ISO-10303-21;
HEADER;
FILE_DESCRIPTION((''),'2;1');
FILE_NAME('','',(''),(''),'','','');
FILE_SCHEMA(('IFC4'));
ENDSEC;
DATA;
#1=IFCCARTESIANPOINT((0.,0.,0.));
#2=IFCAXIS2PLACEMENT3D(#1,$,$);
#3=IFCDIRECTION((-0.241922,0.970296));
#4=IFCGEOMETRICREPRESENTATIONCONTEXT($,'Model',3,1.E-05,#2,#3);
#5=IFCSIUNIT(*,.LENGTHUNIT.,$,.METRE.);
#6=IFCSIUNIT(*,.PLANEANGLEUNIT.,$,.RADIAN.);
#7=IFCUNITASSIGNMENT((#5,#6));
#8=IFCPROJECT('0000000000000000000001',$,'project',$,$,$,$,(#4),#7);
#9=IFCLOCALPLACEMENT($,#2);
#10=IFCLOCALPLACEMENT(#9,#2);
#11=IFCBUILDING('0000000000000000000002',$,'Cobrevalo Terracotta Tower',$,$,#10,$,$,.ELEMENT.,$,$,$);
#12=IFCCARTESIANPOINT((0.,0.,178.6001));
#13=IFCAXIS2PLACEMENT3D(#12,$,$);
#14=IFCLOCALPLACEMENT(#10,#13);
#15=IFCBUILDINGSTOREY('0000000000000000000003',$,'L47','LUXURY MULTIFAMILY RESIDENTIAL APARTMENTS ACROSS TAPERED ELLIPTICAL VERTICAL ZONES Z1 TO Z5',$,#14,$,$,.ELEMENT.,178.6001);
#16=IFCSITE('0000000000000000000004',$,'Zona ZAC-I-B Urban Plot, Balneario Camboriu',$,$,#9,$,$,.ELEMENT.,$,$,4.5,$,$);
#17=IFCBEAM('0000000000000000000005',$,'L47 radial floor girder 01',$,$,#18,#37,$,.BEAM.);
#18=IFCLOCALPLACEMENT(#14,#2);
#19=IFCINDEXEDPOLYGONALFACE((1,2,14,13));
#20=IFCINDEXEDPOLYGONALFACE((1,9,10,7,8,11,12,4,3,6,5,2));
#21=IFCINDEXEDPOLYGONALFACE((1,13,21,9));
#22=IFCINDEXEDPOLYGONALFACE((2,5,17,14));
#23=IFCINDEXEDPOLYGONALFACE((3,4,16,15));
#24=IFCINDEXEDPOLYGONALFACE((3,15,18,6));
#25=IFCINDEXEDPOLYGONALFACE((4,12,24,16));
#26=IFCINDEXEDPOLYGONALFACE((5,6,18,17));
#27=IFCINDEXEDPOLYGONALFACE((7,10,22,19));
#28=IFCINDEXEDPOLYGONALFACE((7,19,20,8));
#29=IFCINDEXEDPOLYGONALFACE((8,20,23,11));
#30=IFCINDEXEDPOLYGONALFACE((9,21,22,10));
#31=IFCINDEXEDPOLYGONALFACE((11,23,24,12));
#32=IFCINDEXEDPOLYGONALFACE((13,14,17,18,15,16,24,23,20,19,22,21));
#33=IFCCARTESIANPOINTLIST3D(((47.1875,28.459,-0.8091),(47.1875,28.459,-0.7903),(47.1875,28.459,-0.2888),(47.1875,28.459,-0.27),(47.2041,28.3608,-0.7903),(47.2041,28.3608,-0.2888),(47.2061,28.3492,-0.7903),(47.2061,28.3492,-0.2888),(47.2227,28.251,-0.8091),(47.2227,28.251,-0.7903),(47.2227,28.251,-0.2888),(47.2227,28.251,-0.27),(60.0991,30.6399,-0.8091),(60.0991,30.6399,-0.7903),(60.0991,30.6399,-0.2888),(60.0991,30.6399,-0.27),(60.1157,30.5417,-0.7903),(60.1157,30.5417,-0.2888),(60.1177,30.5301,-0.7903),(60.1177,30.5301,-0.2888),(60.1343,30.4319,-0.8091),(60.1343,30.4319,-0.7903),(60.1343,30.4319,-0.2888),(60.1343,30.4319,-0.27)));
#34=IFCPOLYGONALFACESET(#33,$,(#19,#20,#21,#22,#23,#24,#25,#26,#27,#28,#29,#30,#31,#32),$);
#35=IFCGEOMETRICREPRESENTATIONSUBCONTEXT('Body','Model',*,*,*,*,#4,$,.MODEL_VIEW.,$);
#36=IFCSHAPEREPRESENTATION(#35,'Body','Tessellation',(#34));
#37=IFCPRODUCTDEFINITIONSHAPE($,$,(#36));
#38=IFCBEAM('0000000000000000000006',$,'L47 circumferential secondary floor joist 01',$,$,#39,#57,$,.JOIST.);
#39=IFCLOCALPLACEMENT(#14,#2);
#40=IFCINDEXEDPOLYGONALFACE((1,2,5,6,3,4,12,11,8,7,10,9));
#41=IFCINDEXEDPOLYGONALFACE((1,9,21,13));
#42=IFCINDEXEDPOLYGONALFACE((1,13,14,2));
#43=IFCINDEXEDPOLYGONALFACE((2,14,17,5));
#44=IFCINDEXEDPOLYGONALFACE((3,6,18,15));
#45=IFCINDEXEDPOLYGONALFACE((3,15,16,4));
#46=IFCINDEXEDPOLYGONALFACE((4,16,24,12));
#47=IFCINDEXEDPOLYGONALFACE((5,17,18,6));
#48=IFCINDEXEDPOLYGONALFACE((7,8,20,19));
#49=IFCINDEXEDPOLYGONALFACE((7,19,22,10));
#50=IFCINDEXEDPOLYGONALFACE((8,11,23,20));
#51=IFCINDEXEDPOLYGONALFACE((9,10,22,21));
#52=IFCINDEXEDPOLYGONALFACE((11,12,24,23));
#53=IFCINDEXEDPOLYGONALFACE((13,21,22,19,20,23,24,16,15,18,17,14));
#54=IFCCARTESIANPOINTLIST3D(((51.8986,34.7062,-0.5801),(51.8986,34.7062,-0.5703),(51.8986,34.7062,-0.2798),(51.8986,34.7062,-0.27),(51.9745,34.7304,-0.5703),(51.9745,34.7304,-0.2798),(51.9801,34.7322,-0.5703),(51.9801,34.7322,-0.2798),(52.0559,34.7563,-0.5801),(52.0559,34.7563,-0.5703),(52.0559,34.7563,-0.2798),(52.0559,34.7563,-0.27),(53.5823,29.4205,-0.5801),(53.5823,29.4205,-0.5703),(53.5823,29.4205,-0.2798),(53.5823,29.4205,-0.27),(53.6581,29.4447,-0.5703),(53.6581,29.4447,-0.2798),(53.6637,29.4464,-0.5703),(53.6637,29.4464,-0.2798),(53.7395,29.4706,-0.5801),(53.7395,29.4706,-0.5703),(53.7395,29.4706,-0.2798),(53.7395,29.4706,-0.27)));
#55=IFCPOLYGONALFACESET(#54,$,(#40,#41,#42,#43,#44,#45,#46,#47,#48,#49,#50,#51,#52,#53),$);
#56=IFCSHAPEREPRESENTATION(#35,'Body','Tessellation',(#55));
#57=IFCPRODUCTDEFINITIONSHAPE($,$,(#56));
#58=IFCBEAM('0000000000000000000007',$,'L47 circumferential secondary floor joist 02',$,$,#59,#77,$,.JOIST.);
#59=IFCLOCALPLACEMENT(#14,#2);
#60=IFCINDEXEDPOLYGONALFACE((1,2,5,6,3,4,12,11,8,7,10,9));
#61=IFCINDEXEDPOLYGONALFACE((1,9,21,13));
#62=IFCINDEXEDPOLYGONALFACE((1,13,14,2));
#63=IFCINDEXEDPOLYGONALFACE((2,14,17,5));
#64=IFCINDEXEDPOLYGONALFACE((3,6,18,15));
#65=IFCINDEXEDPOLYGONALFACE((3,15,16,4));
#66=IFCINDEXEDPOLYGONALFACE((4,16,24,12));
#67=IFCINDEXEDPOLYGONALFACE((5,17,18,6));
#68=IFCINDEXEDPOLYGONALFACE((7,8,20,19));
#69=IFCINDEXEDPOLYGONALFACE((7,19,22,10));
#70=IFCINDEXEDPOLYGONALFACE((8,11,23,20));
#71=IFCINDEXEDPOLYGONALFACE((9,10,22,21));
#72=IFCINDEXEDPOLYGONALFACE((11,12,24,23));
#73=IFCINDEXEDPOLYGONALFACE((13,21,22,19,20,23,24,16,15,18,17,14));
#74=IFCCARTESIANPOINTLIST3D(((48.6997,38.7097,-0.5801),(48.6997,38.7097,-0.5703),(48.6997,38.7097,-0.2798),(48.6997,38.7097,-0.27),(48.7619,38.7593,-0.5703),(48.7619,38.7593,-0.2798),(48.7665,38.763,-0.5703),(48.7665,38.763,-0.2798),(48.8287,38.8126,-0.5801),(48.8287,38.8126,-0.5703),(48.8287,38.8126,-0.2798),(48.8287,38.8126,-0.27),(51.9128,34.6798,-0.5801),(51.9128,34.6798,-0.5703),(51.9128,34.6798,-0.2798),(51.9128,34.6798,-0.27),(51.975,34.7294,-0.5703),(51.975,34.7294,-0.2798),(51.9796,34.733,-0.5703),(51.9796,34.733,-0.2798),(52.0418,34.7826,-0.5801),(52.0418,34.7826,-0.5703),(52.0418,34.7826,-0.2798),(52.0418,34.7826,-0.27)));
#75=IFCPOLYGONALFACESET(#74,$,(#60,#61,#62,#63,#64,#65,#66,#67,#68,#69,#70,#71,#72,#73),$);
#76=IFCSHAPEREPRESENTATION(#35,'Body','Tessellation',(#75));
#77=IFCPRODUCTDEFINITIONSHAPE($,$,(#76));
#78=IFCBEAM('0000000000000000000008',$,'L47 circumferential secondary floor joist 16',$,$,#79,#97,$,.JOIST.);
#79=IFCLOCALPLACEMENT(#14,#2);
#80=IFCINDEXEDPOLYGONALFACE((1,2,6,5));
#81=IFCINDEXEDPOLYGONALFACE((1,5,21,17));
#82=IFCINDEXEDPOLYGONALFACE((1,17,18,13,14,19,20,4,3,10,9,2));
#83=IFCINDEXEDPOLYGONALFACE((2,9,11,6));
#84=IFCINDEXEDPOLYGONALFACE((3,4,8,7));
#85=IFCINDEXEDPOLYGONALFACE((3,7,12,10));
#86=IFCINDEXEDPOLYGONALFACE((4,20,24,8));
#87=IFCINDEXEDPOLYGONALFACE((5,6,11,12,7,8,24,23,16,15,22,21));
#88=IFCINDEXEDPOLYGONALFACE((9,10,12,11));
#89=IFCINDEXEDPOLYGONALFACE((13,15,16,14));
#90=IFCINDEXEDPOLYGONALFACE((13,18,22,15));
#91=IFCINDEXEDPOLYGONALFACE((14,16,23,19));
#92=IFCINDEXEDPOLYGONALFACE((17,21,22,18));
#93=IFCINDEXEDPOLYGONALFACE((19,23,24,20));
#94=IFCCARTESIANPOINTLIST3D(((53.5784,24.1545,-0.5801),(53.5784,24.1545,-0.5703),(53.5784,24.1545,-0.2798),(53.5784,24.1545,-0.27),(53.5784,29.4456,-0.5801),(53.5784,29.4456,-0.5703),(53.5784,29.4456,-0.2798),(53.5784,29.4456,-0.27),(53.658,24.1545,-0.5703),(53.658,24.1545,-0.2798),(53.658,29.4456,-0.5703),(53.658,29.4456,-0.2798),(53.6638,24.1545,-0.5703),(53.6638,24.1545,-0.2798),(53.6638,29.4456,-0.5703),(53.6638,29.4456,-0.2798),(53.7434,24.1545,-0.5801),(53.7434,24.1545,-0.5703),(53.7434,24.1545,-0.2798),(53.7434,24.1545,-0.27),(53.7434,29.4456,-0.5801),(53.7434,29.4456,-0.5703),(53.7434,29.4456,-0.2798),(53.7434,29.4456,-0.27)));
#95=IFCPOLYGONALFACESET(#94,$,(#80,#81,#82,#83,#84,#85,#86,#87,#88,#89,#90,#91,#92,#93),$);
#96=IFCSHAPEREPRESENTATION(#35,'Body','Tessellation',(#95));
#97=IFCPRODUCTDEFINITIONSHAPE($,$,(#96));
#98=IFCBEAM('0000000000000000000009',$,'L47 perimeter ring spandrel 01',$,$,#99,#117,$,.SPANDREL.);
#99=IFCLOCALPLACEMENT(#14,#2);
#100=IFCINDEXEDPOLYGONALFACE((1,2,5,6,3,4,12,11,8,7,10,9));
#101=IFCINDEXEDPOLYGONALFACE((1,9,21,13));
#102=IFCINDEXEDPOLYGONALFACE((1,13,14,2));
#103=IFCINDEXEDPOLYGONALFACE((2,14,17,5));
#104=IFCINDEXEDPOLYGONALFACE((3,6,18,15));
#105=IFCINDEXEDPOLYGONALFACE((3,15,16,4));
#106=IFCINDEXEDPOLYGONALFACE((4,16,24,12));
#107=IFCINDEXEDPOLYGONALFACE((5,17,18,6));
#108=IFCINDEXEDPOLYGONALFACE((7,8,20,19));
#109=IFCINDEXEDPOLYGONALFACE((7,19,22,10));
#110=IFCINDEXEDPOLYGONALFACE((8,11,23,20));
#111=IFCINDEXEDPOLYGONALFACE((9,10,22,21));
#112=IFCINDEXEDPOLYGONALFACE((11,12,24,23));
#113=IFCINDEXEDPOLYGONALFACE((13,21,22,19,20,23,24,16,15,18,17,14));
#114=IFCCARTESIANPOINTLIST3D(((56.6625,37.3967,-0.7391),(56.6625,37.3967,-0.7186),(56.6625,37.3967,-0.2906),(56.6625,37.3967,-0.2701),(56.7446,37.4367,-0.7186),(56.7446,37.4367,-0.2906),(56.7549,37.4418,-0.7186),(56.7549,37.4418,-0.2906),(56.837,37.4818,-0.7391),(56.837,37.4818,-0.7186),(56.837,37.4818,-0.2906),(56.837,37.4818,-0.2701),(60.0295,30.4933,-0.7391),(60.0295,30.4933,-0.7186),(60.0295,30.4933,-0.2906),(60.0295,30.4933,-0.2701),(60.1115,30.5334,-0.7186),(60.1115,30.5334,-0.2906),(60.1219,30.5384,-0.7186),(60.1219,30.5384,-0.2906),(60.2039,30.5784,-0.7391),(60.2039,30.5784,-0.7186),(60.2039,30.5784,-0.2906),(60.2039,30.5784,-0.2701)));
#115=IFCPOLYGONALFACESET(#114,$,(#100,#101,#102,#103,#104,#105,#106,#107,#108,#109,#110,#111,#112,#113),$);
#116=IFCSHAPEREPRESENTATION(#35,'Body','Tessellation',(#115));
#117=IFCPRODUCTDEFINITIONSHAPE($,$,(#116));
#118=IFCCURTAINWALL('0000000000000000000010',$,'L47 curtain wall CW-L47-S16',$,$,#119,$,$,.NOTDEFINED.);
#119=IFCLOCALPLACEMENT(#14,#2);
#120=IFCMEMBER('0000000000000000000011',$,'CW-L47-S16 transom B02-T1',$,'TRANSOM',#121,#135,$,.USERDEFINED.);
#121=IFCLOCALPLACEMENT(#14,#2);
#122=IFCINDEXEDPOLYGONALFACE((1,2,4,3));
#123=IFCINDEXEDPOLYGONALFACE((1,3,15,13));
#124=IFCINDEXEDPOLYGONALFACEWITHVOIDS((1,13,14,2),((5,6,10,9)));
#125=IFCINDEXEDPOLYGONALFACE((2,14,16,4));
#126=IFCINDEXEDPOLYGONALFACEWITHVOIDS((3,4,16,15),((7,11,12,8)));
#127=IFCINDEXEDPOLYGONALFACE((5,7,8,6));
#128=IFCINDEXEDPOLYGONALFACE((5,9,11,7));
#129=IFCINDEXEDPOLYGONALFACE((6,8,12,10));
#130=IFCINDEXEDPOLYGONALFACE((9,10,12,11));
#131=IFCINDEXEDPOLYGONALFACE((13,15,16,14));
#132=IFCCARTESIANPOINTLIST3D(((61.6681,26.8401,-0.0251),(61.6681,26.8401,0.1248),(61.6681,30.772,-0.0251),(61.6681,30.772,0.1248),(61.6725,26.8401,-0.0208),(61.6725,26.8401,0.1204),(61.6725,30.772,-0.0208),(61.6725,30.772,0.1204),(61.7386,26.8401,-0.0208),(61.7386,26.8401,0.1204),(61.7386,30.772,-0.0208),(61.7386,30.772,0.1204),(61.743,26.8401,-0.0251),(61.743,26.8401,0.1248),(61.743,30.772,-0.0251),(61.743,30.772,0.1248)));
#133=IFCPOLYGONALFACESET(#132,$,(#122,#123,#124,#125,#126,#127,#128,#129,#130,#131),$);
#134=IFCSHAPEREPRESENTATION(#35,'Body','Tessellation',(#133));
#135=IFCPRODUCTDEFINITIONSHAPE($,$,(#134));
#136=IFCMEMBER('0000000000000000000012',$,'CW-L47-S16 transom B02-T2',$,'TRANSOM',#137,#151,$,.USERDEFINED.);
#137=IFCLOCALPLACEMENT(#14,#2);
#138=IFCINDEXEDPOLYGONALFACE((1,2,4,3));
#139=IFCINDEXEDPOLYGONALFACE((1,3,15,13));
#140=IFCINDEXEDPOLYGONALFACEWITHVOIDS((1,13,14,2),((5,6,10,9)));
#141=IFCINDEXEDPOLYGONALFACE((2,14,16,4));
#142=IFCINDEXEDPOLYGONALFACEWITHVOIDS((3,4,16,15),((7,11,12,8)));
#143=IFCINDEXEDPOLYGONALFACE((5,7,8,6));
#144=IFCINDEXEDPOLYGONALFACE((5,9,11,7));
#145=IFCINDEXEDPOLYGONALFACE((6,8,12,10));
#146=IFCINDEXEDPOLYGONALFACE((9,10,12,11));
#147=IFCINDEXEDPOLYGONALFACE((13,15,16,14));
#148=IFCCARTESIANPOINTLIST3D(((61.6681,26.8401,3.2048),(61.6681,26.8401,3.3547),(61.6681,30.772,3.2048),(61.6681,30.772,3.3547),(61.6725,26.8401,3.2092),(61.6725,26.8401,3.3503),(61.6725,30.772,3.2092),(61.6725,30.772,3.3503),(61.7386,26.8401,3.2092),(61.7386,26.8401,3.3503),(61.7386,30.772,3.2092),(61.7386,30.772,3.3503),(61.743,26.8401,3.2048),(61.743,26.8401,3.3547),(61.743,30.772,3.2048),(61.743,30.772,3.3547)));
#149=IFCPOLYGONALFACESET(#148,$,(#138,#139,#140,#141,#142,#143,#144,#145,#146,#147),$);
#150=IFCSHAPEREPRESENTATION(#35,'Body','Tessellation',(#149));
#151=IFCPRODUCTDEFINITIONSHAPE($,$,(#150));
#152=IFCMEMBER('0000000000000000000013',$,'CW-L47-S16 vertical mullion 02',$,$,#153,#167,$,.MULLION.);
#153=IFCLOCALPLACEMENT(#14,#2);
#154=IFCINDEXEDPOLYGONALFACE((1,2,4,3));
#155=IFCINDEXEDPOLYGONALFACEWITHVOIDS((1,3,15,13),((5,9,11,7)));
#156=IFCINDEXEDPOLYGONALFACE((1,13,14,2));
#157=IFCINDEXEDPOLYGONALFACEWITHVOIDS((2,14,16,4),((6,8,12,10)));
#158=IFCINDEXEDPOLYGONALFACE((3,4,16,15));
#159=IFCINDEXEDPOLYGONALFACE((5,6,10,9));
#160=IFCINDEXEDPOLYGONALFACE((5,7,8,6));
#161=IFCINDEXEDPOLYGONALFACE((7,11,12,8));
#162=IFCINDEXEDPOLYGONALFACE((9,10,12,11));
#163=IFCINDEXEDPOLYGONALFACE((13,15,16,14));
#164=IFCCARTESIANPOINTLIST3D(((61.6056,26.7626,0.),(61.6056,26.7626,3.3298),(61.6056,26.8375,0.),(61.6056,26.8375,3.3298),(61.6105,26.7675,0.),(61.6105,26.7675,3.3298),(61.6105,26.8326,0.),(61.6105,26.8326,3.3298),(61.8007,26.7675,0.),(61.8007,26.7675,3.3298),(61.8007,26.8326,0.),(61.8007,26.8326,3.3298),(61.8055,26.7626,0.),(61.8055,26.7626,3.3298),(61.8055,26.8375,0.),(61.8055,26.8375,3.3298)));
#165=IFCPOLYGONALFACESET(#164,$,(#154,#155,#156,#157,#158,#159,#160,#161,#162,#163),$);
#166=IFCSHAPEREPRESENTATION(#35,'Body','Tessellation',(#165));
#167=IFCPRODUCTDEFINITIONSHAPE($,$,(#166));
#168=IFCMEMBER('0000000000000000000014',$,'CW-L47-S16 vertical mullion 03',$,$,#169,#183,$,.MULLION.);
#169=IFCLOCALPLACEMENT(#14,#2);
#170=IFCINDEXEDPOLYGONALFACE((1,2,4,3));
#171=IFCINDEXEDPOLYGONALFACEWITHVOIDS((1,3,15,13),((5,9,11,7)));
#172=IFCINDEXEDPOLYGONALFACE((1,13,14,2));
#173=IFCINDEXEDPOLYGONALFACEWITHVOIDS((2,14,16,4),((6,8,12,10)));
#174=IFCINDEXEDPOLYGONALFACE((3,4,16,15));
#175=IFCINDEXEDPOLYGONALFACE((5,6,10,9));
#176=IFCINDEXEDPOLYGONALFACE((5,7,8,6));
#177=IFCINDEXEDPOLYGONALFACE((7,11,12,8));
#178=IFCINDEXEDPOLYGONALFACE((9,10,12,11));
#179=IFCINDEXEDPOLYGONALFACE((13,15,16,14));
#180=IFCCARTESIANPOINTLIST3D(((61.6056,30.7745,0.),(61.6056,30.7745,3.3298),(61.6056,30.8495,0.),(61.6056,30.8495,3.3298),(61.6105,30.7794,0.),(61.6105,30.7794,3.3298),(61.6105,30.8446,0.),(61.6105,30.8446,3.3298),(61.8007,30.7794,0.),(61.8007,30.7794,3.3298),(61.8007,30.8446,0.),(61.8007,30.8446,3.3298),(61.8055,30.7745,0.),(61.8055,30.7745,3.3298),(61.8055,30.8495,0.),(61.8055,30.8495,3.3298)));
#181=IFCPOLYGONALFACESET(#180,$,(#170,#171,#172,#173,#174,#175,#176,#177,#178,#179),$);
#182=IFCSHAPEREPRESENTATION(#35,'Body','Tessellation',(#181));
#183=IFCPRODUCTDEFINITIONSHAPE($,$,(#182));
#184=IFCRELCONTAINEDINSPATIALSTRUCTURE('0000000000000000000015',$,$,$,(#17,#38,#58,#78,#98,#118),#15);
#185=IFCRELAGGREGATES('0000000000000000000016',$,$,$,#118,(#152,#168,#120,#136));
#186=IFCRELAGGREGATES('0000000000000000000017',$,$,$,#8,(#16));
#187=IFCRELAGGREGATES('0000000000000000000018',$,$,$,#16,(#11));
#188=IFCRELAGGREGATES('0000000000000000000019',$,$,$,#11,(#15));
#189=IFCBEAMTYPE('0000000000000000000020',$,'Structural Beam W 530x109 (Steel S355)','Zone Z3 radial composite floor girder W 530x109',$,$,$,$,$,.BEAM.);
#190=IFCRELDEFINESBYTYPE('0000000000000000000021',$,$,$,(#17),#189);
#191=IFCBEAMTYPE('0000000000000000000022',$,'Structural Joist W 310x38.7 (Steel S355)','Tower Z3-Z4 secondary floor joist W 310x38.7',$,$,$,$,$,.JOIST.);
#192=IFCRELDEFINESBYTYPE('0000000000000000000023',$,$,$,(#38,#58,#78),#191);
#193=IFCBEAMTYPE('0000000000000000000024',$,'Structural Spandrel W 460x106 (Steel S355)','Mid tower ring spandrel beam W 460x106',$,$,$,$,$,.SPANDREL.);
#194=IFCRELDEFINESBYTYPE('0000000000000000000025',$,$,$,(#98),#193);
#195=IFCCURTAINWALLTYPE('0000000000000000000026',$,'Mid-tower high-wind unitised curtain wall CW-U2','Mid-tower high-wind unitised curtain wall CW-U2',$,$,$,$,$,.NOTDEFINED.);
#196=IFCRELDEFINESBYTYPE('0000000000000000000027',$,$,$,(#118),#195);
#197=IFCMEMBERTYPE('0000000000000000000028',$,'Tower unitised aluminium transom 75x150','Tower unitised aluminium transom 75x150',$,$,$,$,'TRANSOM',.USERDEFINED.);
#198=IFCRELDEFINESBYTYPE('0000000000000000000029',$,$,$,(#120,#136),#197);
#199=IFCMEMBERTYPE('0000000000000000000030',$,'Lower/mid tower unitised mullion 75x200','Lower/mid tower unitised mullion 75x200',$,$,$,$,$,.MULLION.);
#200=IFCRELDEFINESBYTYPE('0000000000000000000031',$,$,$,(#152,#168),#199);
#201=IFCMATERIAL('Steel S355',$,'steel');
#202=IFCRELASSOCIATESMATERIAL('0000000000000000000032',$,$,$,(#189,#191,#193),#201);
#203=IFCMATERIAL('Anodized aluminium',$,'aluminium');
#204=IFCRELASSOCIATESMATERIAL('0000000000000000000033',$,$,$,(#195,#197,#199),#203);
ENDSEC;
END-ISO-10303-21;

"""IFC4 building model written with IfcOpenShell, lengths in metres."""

from ifc_helpers import new_model, si_unit, direction, frame, origin, origin_2d, place, context, subcontext, project, spatial, hollow_rectangle, i_section, extrude, source, transform, mapped, material, material_profile, profile_set, type_object, element, aggregate, save


model = new_model("IFC4")

# Units and contexts
model_context = context("Model", 3, precision=1e-05, world=origin(), true_north=direction((-0.241922, 0.970296)))
body_context = subcontext(model_context, "Body", "Model", "MODEL_VIEW")
ifc_project = project(units=[si_unit("LENGTHUNIT", "METRE"), si_unit("PLANEANGLEUNIT", "RADIAN")], contexts=[model_context])

# Site, building, storey
site_placement = place(None, origin())
site = spatial("IfcSite", under=ifc_project, at=site_placement, Name="Zona ZAC-I-B Urban Plot, Balneario Camboriu", CompositionType="ELEMENT", RefElevation=4.5)
building_placement = place(site_placement, origin())
building = spatial("IfcBuilding", under=site, at=building_placement, Name="Cobrevalo Terracotta Tower", CompositionType="ELEMENT")
storey_placement = place(building_placement, frame((0.0, 0.0, 178.6001)))
storey = spatial("IfcBuildingStorey", under=building, at=storey_placement, Name="L47", Description="LUXURY MULTIFAMILY RESIDENTIAL APARTMENTS ACROSS TAPERED ELLIPTICAL VERTICAL ZONES Z1 TO Z5", CompositionType="ELEMENT", Elevation=178.6001)

# Shared definitions
ifc_material_1 = material(Name="Steel S355", Category="steel")

# Beams
ifc_material_profile_1 = material_profile(ifc_material_1, i_section(OverallWidth=0.2109, OverallDepth=0.5391, WebThickness=0.0117, FlangeThickness=0.0188, at=origin_2d()), Name="W 530x109")
ifc_profile_set_1 = profile_set([ifc_material_profile_1], Name="Steel S355")
beam_type_1 = type_object("IfcBeamType", Name="Structural Beam W 530x109 (Steel S355)", Description="Zone Z3 radial composite floor girder W 530x109", PredefinedType="BEAM", material=ifc_profile_set_1)
beam_1_placement = place(storey_placement, frame((60.1167, 30.5359, -0.5396), z_axis=(-0.986033, -0.166551, 0.0), x_axis=(0.166551, -0.986033, 0.0)))
element("IfcBeam", 1, at=beam_1_placement, inside=storey, type_object=beam_type_1, Name="L47 radial floor girder 01", PredefinedType="BEAM", context=body_context, shape_type="SweptSolid", body=[
    extrude(i_section(OverallWidth=0.2109, OverallDepth=0.5391, WebThickness=0.0117, FlangeThickness=0.0188, at=origin_2d()), origin(), (0.0, 0.0, 1.0), 13.0945),
])
ifc_material_profile_2 = material_profile(ifc_material_1, i_section(OverallWidth=0.165, OverallDepth=0.3101, WebThickness=0.0059, FlangeThickness=0.0098, at=origin_2d()), Name="W 310x38.7")
ifc_profile_set_2 = profile_set([ifc_material_profile_2], Name="Steel S355")
beam_type_2 = type_object("IfcBeamType", Name="Structural Joist W 310x38.7 (Steel S355)", Description="Tower Z3-Z4 secondary floor joist W 310x38.7", PredefinedType="JOIST", material=ifc_profile_set_2)
beam_2_placement = place(storey_placement, frame((53.6609, 29.4456, -0.425), z_axis=(-0.303498, 0.952832, 0.0), x_axis=(-0.952832, -0.303498, 0.0)))
element("IfcBeam", 2, at=beam_2_placement, inside=storey, type_object=beam_type_2, Name="L47 circumferential secondary floor joist 01", PredefinedType="JOIST", context=body_context, shape_type="SweptSolid", body=[
    extrude(i_section(OverallWidth=0.165, OverallDepth=0.3101, WebThickness=0.0059, FlangeThickness=0.0098, at=origin_2d()), origin(), (0.0, 0.0, 1.0), 5.5474),
])
beam_3_placement = place(storey_placement, frame((51.9773, 34.7312, -0.425), z_axis=(-0.623406, 0.781898, 0.0), x_axis=(-0.781898, -0.623406, 0.0)))
element("IfcBeam", 3, at=beam_3_placement, inside=storey, type_object=beam_type_2, Name="L47 circumferential secondary floor joist 02", PredefinedType="JOIST", context=body_context, shape_type="SweptSolid", body=[
    extrude(i_section(OverallWidth=0.165, OverallDepth=0.3101, WebThickness=0.0059, FlangeThickness=0.0098, at=origin_2d()), origin(), (0.0, 0.0, 1.0), 5.1541),
])
beam_4_placement = place(storey_placement, frame((53.6609, 24.1545, -0.425), z_axis=(0.0, 1.0, 0.0), x_axis=(-1.0, 0.0, 0.0)))
element("IfcBeam", 4, at=beam_4_placement, inside=storey, type_object=beam_type_2, Name="L47 circumferential secondary floor joist 16", PredefinedType="JOIST", context=body_context, shape_type="SweptSolid", body=[
    extrude(i_section(OverallWidth=0.165, OverallDepth=0.3101, WebThickness=0.0059, FlangeThickness=0.0098, at=origin_2d()), origin(), (0.0, 0.0, 1.0), 5.291),
])
ifc_material_profile_3 = material_profile(ifc_material_1, i_section(OverallWidth=0.1941, OverallDepth=0.469, WebThickness=0.0115, FlangeThickness=0.0205, at=origin_2d()), Name="W 460x106")
ifc_profile_set_3 = profile_set([ifc_material_profile_3], Name="Steel S355")
beam_type_3 = type_object("IfcBeamType", Name="Structural Spandrel W 460x106 (Steel S355)", Description="Mid tower ring spandrel beam W 460x106", PredefinedType="SPANDREL", material=ifc_profile_set_3)
beam_5_placement = place(storey_placement, frame((60.1167, 30.5359, -0.5046), z_axis=(-0.438368, 0.898796, 0.0), x_axis=(-0.898796, -0.438368, 0.0)))
element("IfcBeam", 5, at=beam_5_placement, inside=storey, type_object=beam_type_3, Name="L47 perimeter ring spandrel 01", PredefinedType="SPANDREL", context=body_context, shape_type="SweptSolid", body=[
    extrude(i_section(OverallWidth=0.1941, OverallDepth=0.469, WebThickness=0.0115, FlangeThickness=0.0205, at=origin_2d()), origin(), (0.0, 0.0, 1.0), 7.6807),
])

# Curtain wall, members
ifc_material_2 = material(Name="Anodized aluminium", Category="aluminium")
curtain_wall_type = type_object("IfcCurtainWallType", Name="Mid-tower high-wind unitised curtain wall CW-U2", Description="Mid-tower high-wind unitised curtain wall CW-U2", PredefinedType="NOTDEFINED", material=ifc_material_2)
curtain_wall_placement = place(storey_placement, origin())
curtain_wall = element("IfcCurtainWall", 6, at=curtain_wall_placement, inside=storey, type_object=curtain_wall_type, Name="L47 curtain wall CW-L47-S16", PredefinedType="NOTDEFINED")
ifc_material_profile_4 = material_profile(ifc_material_2, hollow_rectangle(XDim=0.075, YDim=0.1499, WallThickness=0.0044, at=origin_2d()), Name="CWT 75x150")
ifc_profile_set_4 = profile_set([ifc_material_profile_4], Name="Anodized aluminium")
member_type_1 = type_object("IfcMemberType", Name="Tower unitised aluminium transom 75x150", Description="Tower unitised aluminium transom 75x150", ElementType="TRANSOM", PredefinedType="USERDEFINED", material=ifc_profile_set_4)
shared_shape_1 = source(origin(), body_context, "Body", "SweptSolid", [
    extrude(hollow_rectangle(XDim=0.075, YDim=0.1499, WallThickness=0.0044, at=origin_2d()), origin(), (0.0, 0.0, 1.0), 3.9319),
])
member_1_placement = place(storey_placement, frame((61.7056, 26.8401, 0.0498), z_axis=(0.0, 1.0, 0.0), x_axis=(-1.0, 0.0, 0.0)))
member_1 = element("IfcMember", 7, at=member_1_placement, type_object=member_type_1, Name="CW-L47-S16 transom B02-T1", ObjectType="TRANSOM", PredefinedType="USERDEFINED", context=body_context, shape_type="MappedRepresentation", body=[
    mapped(shared_shape_1, transform((0.0, 0.0, 0.0), scale=1.0)),
])
member_2_placement = place(storey_placement, frame((61.7056, 26.8401, 3.2798), z_axis=(0.0, 1.0, 0.0), x_axis=(-1.0, 0.0, 0.0)))
member_2 = element("IfcMember", 8, at=member_2_placement, type_object=member_type_1, Name="CW-L47-S16 transom B02-T2", ObjectType="TRANSOM", PredefinedType="USERDEFINED", context=body_context, shape_type="MappedRepresentation", body=[
    mapped(shared_shape_1, transform((0.0, 0.0, 0.0), scale=1.0)),
])
ifc_material_profile_5 = material_profile(ifc_material_2, hollow_rectangle(XDim=0.075, YDim=0.2, WallThickness=0.0049, at=origin_2d()), Name="CWM 75x200")
ifc_profile_set_5 = profile_set([ifc_material_profile_5], Name="Anodized aluminium")
member_type_2 = type_object("IfcMemberType", Name="Lower/mid tower unitised mullion 75x200", Description="Lower/mid tower unitised mullion 75x200", PredefinedType="MULLION", material=ifc_profile_set_5)
shared_shape_2 = source(origin(), body_context, "Body", "SweptSolid", [
    extrude(hollow_rectangle(XDim=0.075, YDim=0.2, WallThickness=0.0049, at=origin_2d()), origin(), (0.0, 0.0, 1.0), 3.3298),
])
member_3_placement = place(storey_placement, frame((61.7056, 26.8, 0.0), z_axis=(0.0, 0.0, 1.0), x_axis=(0.0, 1.0, 0.0)))
member_3 = element("IfcMember", 9, at=member_3_placement, type_object=member_type_2, Name="CW-L47-S16 vertical mullion 02", PredefinedType="MULLION", context=body_context, shape_type="MappedRepresentation", body=[
    mapped(shared_shape_2, transform((0.0, 0.0, 0.0), scale=1.0)),
])
member_4_placement = place(storey_placement, frame((61.7056, 30.812, 0.0), z_axis=(0.0, 0.0, 1.0), x_axis=(0.0, 1.0, 0.0)))
member_4 = element("IfcMember", 10, at=member_4_placement, type_object=member_type_2, Name="CW-L47-S16 vertical mullion 03", PredefinedType="MULLION", context=body_context, shape_type="MappedRepresentation", body=[
    mapped(shared_shape_2, transform((0.0, 0.0, 0.0), scale=1.0)),
])
aggregate(curtain_wall, [member_3, member_4, member_1, member_2])

save(model, "model.ifc")
